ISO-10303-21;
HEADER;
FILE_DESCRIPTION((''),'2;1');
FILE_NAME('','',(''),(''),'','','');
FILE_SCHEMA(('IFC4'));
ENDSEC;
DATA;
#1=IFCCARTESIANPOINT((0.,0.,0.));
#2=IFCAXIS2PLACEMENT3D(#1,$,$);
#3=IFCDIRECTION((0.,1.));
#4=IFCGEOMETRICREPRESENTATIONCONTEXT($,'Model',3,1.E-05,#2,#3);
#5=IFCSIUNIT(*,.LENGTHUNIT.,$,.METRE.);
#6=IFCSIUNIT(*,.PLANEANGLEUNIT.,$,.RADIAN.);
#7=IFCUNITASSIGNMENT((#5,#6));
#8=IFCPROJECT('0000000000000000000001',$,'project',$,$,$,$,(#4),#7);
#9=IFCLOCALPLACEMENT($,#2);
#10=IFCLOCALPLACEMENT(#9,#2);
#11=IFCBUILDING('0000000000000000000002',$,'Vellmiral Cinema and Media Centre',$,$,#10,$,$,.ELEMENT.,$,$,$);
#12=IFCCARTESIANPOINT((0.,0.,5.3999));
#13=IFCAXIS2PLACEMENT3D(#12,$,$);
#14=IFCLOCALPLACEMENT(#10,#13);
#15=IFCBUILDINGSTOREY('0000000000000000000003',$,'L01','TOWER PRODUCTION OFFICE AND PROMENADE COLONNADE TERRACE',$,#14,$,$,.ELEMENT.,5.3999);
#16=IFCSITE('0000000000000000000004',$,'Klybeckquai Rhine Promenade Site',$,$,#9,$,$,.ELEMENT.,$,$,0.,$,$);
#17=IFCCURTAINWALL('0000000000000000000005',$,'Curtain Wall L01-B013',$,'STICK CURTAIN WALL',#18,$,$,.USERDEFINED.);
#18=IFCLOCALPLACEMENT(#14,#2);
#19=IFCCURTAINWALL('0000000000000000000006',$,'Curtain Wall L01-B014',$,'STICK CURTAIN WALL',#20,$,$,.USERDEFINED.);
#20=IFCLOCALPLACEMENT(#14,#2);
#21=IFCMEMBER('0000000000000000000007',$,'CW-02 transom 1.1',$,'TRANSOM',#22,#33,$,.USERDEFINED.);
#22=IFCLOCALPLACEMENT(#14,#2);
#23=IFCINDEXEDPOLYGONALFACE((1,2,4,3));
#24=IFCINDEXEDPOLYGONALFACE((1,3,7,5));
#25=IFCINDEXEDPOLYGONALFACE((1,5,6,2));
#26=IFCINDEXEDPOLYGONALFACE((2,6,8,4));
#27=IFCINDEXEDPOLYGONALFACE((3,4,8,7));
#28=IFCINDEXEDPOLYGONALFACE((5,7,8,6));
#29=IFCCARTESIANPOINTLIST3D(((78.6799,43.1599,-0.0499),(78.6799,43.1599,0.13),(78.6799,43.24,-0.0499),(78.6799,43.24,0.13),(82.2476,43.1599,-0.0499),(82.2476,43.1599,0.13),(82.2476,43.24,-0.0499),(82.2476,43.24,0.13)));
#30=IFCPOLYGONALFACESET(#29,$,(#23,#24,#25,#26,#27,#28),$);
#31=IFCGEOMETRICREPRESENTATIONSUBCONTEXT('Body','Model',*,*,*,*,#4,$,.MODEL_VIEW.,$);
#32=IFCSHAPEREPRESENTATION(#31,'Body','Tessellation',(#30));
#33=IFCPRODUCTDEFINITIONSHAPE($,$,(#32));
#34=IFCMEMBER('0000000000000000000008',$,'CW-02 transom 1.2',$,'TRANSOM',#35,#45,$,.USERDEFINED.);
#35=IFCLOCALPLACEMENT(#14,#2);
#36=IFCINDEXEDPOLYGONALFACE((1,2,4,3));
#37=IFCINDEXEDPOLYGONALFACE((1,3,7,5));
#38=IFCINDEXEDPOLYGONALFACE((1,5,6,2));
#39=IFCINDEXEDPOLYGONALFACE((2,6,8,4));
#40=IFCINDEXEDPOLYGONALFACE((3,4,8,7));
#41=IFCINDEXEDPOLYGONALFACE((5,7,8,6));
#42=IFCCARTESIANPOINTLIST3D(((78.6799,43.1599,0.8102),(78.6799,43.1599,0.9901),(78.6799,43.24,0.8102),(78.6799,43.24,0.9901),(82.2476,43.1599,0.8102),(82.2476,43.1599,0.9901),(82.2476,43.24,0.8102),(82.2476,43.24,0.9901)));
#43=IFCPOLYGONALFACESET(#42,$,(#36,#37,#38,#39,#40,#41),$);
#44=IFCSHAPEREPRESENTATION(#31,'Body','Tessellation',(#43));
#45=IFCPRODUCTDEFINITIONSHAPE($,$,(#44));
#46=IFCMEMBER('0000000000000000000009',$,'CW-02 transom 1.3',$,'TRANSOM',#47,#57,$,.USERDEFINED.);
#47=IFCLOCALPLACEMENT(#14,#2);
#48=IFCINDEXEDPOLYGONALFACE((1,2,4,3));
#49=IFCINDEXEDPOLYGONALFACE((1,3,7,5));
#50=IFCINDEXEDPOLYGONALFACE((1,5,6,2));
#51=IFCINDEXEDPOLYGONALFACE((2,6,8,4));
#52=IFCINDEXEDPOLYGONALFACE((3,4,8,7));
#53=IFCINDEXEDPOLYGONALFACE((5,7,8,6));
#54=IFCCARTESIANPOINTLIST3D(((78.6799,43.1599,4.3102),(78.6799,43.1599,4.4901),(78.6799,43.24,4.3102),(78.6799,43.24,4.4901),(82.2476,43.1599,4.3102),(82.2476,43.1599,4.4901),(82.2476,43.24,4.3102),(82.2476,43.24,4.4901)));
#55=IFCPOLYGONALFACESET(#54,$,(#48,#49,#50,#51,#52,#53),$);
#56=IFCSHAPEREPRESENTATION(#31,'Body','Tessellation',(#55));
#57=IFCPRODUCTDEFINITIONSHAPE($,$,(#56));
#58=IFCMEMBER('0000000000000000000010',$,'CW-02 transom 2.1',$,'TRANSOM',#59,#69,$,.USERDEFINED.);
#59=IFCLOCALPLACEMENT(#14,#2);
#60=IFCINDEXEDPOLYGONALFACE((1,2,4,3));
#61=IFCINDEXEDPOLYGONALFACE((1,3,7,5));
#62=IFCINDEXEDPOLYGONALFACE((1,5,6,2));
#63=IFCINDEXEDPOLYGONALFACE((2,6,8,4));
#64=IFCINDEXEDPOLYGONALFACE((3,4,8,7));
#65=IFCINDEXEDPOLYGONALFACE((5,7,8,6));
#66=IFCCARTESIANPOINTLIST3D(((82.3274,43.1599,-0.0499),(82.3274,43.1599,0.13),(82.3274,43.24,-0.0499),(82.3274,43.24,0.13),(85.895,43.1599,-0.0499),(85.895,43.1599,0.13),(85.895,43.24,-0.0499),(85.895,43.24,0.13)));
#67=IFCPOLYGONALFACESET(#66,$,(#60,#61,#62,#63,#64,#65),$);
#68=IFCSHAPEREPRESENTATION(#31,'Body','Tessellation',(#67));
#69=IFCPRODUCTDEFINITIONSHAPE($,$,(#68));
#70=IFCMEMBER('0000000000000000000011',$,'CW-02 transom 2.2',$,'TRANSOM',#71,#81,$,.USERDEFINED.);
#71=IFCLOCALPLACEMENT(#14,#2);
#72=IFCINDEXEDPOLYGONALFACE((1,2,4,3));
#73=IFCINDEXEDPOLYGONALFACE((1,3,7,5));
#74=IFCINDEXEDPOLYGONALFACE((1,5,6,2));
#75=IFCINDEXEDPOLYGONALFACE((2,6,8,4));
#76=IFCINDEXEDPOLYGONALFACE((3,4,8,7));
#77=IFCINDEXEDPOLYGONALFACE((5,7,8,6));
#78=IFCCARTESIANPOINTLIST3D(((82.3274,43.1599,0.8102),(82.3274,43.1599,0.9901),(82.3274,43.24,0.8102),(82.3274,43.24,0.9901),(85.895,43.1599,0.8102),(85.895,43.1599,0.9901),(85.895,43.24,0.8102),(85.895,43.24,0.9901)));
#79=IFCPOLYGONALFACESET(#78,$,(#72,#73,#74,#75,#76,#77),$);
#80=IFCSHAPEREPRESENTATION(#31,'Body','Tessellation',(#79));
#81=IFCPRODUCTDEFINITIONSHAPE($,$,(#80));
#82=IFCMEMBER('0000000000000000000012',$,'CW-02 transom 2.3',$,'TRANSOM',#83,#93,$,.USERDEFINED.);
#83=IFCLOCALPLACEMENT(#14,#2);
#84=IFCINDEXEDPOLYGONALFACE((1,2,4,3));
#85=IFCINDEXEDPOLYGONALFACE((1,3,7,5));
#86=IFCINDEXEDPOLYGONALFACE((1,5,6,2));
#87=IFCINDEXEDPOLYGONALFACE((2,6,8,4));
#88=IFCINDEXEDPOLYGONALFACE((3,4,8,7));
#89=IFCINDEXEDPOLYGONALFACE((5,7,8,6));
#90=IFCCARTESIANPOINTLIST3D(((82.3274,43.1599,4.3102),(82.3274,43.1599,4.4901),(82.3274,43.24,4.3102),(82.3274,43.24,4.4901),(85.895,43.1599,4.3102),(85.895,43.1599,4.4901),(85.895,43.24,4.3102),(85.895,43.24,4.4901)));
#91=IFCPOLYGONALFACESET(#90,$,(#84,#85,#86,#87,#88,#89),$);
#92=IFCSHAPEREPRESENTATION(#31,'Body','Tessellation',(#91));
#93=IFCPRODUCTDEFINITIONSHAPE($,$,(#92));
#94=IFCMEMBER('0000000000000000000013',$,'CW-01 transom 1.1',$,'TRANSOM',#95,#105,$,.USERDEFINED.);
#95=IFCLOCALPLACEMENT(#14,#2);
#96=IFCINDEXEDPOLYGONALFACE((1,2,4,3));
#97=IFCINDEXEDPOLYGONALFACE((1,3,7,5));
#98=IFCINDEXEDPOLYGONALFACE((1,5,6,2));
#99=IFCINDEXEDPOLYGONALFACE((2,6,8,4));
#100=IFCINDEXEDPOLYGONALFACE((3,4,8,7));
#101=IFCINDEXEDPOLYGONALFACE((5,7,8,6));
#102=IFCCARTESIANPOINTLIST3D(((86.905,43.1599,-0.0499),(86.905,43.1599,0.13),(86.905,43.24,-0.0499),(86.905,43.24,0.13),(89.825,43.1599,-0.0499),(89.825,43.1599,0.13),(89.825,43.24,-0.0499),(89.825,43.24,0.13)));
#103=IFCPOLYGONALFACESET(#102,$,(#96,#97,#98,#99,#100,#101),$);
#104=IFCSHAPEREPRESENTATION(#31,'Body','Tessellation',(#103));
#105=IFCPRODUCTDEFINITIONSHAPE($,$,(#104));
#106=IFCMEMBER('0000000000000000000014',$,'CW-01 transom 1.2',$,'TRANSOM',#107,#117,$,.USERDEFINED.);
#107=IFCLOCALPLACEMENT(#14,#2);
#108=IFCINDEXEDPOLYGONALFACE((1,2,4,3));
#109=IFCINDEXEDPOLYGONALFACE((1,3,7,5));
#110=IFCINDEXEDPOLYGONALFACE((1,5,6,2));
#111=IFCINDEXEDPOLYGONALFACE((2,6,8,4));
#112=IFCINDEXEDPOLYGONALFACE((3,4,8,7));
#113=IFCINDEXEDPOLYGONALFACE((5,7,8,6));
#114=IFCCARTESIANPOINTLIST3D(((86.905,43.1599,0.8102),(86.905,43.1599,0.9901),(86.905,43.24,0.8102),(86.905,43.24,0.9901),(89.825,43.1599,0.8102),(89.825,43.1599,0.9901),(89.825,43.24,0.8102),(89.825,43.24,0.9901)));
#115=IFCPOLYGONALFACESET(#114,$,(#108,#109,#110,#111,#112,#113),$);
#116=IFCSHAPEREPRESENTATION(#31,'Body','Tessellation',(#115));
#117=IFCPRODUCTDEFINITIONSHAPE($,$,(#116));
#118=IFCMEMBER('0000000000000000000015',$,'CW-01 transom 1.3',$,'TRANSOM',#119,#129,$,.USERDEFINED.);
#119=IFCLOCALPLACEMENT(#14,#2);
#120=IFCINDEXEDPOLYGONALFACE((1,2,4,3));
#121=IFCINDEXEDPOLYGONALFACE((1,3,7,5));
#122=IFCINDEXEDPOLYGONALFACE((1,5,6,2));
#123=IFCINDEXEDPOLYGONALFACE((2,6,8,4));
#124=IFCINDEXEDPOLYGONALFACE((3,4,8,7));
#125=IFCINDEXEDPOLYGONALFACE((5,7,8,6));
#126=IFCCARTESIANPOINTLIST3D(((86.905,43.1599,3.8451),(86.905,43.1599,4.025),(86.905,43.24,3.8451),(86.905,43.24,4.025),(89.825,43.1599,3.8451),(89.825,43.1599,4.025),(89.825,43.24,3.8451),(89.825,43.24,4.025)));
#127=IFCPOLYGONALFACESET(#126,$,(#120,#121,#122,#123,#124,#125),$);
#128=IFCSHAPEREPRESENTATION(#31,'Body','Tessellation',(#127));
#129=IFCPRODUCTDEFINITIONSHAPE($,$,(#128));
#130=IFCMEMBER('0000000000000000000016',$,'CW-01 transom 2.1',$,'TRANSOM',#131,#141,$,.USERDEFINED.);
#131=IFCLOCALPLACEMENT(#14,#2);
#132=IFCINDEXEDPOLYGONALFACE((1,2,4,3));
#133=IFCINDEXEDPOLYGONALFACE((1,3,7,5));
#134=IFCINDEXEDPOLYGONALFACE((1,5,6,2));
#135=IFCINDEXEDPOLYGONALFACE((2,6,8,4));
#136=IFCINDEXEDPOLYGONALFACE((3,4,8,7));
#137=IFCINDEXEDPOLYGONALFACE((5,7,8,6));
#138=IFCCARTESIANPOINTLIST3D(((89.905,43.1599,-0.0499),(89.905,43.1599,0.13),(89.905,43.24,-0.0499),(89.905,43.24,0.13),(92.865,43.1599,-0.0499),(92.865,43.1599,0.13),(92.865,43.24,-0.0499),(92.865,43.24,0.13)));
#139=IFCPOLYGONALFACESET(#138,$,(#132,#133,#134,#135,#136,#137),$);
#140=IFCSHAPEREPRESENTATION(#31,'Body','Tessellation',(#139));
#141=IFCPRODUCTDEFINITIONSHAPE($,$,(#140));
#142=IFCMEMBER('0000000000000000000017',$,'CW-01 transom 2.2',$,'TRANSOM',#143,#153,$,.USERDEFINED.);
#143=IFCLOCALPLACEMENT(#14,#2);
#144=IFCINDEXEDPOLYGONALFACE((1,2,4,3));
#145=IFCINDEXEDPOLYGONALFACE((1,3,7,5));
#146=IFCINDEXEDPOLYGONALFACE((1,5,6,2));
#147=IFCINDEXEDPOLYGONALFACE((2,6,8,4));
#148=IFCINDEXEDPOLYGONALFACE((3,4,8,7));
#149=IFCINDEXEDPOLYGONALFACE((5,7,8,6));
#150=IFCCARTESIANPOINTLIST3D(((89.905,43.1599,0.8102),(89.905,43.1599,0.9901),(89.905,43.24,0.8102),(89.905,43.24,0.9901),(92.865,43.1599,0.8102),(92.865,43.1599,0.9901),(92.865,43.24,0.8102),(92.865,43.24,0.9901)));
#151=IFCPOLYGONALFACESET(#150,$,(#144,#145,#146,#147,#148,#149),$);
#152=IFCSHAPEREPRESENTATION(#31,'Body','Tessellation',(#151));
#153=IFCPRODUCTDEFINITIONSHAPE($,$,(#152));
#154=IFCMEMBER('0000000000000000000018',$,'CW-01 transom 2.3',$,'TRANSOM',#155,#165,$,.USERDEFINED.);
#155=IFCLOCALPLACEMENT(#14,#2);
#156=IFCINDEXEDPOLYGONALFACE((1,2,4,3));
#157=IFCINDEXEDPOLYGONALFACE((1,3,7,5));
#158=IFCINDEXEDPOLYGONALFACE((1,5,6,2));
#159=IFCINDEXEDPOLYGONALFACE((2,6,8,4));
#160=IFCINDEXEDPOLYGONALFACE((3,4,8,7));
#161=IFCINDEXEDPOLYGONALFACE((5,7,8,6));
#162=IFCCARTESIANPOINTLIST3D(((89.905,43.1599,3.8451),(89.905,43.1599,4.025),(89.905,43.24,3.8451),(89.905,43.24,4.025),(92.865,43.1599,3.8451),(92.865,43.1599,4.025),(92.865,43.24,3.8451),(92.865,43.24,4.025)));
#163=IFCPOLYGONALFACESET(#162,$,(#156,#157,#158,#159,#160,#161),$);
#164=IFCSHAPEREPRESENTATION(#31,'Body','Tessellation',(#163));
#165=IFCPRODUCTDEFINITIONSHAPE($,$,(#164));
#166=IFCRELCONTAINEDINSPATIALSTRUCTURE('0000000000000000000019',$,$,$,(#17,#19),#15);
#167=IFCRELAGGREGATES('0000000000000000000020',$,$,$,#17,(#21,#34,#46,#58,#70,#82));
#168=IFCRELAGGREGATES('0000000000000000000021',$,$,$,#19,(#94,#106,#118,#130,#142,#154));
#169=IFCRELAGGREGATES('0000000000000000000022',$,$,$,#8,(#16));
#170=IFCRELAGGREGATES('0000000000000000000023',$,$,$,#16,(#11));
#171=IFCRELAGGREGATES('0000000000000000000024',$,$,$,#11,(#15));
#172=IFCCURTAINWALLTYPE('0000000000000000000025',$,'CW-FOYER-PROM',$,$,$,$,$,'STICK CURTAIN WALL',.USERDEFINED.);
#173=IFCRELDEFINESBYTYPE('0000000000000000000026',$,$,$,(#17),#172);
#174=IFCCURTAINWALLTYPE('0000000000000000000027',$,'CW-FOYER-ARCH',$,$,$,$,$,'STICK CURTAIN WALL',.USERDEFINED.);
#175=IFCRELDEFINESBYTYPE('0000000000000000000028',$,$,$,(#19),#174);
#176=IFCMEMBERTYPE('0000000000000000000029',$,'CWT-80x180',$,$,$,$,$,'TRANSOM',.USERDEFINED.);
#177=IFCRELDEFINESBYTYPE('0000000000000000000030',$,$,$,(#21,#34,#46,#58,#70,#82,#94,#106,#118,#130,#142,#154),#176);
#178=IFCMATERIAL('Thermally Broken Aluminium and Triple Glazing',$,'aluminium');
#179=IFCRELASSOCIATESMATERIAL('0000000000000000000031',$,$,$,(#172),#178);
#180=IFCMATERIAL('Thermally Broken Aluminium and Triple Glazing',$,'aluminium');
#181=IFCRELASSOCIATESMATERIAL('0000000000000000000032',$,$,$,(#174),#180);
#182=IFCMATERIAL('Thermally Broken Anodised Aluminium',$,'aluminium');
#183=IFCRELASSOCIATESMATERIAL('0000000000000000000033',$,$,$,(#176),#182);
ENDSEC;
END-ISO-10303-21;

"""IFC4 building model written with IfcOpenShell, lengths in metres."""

from ifc_helpers import new_model, si_unit, direction, frame, origin, origin_2d, place, context, subcontext, project, spatial, rectangle, extrude, material, material_profile, profile_set, type_object, element, aggregate, save


model = new_model("IFC4")

# Units and contexts
model_context = context("Model", 3, precision=1e-05, world=origin(), true_north=direction((0.0, 1.0)))
body_context = subcontext(model_context, "Body", "Model", "MODEL_VIEW")
ifc_project = project(units=[si_unit("LENGTHUNIT", "METRE"), si_unit("PLANEANGLEUNIT", "RADIAN")], contexts=[model_context])

# Site, building, storey
site_placement = place(None, origin())
site = spatial("IfcSite", under=ifc_project, at=site_placement, Name="Klybeckquai Rhine Promenade Site", CompositionType="ELEMENT", RefElevation=0.0)
building_placement = place(site_placement, origin())
building = spatial("IfcBuilding", under=site, at=building_placement, Name="Vellmiral Cinema and Media Centre", CompositionType="ELEMENT")
storey_placement = place(building_placement, frame((0.0, 0.0, 5.3999)))
storey = spatial("IfcBuildingStorey", under=building, at=storey_placement, Name="L01", Description="TOWER PRODUCTION OFFICE AND PROMENADE COLONNADE TERRACE", CompositionType="ELEMENT", Elevation=5.3999)

# Curtain walls
ifc_material_1 = material(Name="Thermally Broken Aluminium and Triple Glazing", Category="aluminium")
curtain_wall_type_1 = type_object("IfcCurtainWallType", Name="CW-FOYER-PROM", ElementType="STICK CURTAIN WALL", PredefinedType="USERDEFINED", material=ifc_material_1)
curtain_wall_1_placement = place(storey_placement, origin())
curtain_wall_1 = element("IfcCurtainWall", 1, at=curtain_wall_1_placement, inside=storey, type_object=curtain_wall_type_1, Name="Curtain Wall L01-B013", ObjectType="STICK CURTAIN WALL", PredefinedType="USERDEFINED")
ifc_material_2 = material(Name="Thermally Broken Aluminium and Triple Glazing", Category="aluminium")
curtain_wall_type_2 = type_object("IfcCurtainWallType", Name="CW-FOYER-ARCH", ElementType="STICK CURTAIN WALL", PredefinedType="USERDEFINED", material=ifc_material_2)
curtain_wall_2_placement = place(storey_placement, origin())
curtain_wall_2 = element("IfcCurtainWall", 2, at=curtain_wall_2_placement, inside=storey, type_object=curtain_wall_type_2, Name="Curtain Wall L01-B014", ObjectType="STICK CURTAIN WALL", PredefinedType="USERDEFINED")

# Members
ifc_material_3 = material(Name="Thermally Broken Anodised Aluminium", Category="aluminium")
ifc_material_profile_1 = material_profile(ifc_material_3, rectangle(XDim=0.0801, YDim=0.1799, at=origin_2d()), Name="MULL 80x180")
ifc_profile_set_1 = profile_set([ifc_material_profile_1], Name="Thermally Broken Anodised Aluminium")
member_type_1 = type_object("IfcMemberType", Name="CWT-80x180", ElementType="TRANSOM", PredefinedType="USERDEFINED", material=ifc_profile_set_1)
member_1_placement = place(storey_placement, frame((78.6799, 43.2, 0.04), z_axis=(1.0, 0.0, 0.0), x_axis=(0.0, 1.0, 0.0)))
member_1 = element("IfcMember", 3, at=member_1_placement, type_object=member_type_1, Name="CW-02 transom 1.1", ObjectType="TRANSOM", PredefinedType="USERDEFINED", context=body_context, shape_type="SweptSolid", body=[
    extrude(rectangle(XDim=0.0801, YDim=0.1799, at=origin_2d()), origin(), (0.0, 0.0, 1.0), 3.5676),
])
member_2_placement = place(storey_placement, frame((78.6799, 43.2, 0.9001), z_axis=(1.0, 0.0, 0.0), x_axis=(0.0, 1.0, 0.0)))
member_2 = element("IfcMember", 4, at=member_2_placement, type_object=member_type_1, Name="CW-02 transom 1.2", ObjectType="TRANSOM", PredefinedType="USERDEFINED", context=body_context, shape_type="SweptSolid", body=[
    extrude(rectangle(XDim=0.0801, YDim=0.1799, at=origin_2d()), origin(), (0.0, 0.0, 1.0), 3.5676),
])
member_3_placement = place(storey_placement, frame((78.6799, 43.2, 4.4001), z_axis=(1.0, 0.0, 0.0), x_axis=(0.0, 1.0, 0.0)))
member_3 = element("IfcMember", 5, at=member_3_placement, type_object=member_type_1, Name="CW-02 transom 1.3", ObjectType="TRANSOM", PredefinedType="USERDEFINED", context=body_context, shape_type="SweptSolid", body=[
    extrude(rectangle(XDim=0.0801, YDim=0.1799, at=origin_2d()), origin(), (0.0, 0.0, 1.0), 3.5676),
])
member_4_placement = place(storey_placement, frame((82.3274, 43.2, 0.04), z_axis=(1.0, 0.0, 0.0), x_axis=(0.0, 1.0, 0.0)))
member_4 = element("IfcMember", 6, at=member_4_placement, type_object=member_type_1, Name="CW-02 transom 2.1", ObjectType="TRANSOM", PredefinedType="USERDEFINED", context=body_context, shape_type="SweptSolid", body=[
    extrude(rectangle(XDim=0.0801, YDim=0.1799, at=origin_2d()), origin(), (0.0, 0.0, 1.0), 3.5676),
])
member_5_placement = place(storey_placement, frame((82.3274, 43.2, 0.9001), z_axis=(1.0, 0.0, 0.0), x_axis=(0.0, 1.0, 0.0)))
member_5 = element("IfcMember", 7, at=member_5_placement, type_object=member_type_1, Name="CW-02 transom 2.2", ObjectType="TRANSOM", PredefinedType="USERDEFINED", context=body_context, shape_type="SweptSolid", body=[
    extrude(rectangle(XDim=0.0801, YDim=0.1799, at=origin_2d()), origin(), (0.0, 0.0, 1.0), 3.5676),
])
member_6_placement = place(storey_placement, frame((82.3274, 43.2, 4.4001), z_axis=(1.0, 0.0, 0.0), x_axis=(0.0, 1.0, 0.0)))
member_6 = element("IfcMember", 8, at=member_6_placement, type_object=member_type_1, Name="CW-02 transom 2.3", ObjectType="TRANSOM", PredefinedType="USERDEFINED", context=body_context, shape_type="SweptSolid", body=[
    extrude(rectangle(XDim=0.0801, YDim=0.1799, at=origin_2d()), origin(), (0.0, 0.0, 1.0), 3.5676),
])
member_7_placement = place(storey_placement, frame((86.905, 43.2, 0.04), z_axis=(1.0, 0.0, 0.0), x_axis=(0.0, 1.0, 0.0)))
member_7 = element("IfcMember", 9, at=member_7_placement, type_object=member_type_1, Name="CW-01 transom 1.1", ObjectType="TRANSOM", PredefinedType="USERDEFINED", context=body_context, shape_type="SweptSolid", body=[
    extrude(rectangle(XDim=0.0801, YDim=0.1799, at=origin_2d()), origin(), (0.0, 0.0, 1.0), 2.9199),
])
member_8_placement = place(storey_placement, frame((86.905, 43.2, 0.9001), z_axis=(1.0, 0.0, 0.0), x_axis=(0.0, 1.0, 0.0)))
member_8 = element("IfcMember", 10, at=member_8_placement, type_object=member_type_1, Name="CW-01 transom 1.2", ObjectType="TRANSOM", PredefinedType="USERDEFINED", context=body_context, shape_type="SweptSolid", body=[
    extrude(rectangle(XDim=0.0801, YDim=0.1799, at=origin_2d()), origin(), (0.0, 0.0, 1.0), 2.9199),
])
member_9_placement = place(storey_placement, frame((86.905, 43.2, 3.9351), z_axis=(1.0, 0.0, 0.0), x_axis=(0.0, 1.0, 0.0)))
member_9 = element("IfcMember", 11, at=member_9_placement, type_object=member_type_1, Name="CW-01 transom 1.3", ObjectType="TRANSOM", PredefinedType="USERDEFINED", context=body_context, shape_type="SweptSolid", body=[
    extrude(rectangle(XDim=0.0801, YDim=0.1799, at=origin_2d()), origin(), (0.0, 0.0, 1.0), 2.9199),
])
member_10_placement = place(storey_placement, frame((89.905, 43.2, 0.04), z_axis=(1.0, 0.0, 0.0), x_axis=(0.0, 1.0, 0.0)))
member_10 = element("IfcMember", 12, at=member_10_placement, type_object=member_type_1, Name="CW-01 transom 2.1", ObjectType="TRANSOM", PredefinedType="USERDEFINED", context=body_context, shape_type="SweptSolid", body=[
    extrude(rectangle(XDim=0.0801, YDim=0.1799, at=origin_2d()), origin(), (0.0, 0.0, 1.0), 2.96),
])
member_11_placement = place(storey_placement, frame((89.905, 43.2, 0.9001), z_axis=(1.0, 0.0, 0.0), x_axis=(0.0, 1.0, 0.0)))
member_11 = element("IfcMember", 13, at=member_11_placement, type_object=member_type_1, Name="CW-01 transom 2.2", ObjectType="TRANSOM", PredefinedType="USERDEFINED", context=body_context, shape_type="SweptSolid", body=[
    extrude(rectangle(XDim=0.0801, YDim=0.1799, at=origin_2d()), origin(), (0.0, 0.0, 1.0), 2.96),
])
member_12_placement = place(storey_placement, frame((89.905, 43.2, 3.9351), z_axis=(1.0, 0.0, 0.0), x_axis=(0.0, 1.0, 0.0)))
member_12 = element("IfcMember", 14, at=member_12_placement, type_object=member_type_1, Name="CW-01 transom 2.3", ObjectType="TRANSOM", PredefinedType="USERDEFINED", context=body_context, shape_type="SweptSolid", body=[
    extrude(rectangle(XDim=0.0801, YDim=0.1799, at=origin_2d()), origin(), (0.0, 0.0, 1.0), 2.96),
])

aggregate(curtain_wall_1, [member_1, member_2, member_3, member_4, member_5, member_6])
aggregate(curtain_wall_2, [member_7, member_8, member_9, member_10, member_11, member_12])

save(model, "model.ifc")
